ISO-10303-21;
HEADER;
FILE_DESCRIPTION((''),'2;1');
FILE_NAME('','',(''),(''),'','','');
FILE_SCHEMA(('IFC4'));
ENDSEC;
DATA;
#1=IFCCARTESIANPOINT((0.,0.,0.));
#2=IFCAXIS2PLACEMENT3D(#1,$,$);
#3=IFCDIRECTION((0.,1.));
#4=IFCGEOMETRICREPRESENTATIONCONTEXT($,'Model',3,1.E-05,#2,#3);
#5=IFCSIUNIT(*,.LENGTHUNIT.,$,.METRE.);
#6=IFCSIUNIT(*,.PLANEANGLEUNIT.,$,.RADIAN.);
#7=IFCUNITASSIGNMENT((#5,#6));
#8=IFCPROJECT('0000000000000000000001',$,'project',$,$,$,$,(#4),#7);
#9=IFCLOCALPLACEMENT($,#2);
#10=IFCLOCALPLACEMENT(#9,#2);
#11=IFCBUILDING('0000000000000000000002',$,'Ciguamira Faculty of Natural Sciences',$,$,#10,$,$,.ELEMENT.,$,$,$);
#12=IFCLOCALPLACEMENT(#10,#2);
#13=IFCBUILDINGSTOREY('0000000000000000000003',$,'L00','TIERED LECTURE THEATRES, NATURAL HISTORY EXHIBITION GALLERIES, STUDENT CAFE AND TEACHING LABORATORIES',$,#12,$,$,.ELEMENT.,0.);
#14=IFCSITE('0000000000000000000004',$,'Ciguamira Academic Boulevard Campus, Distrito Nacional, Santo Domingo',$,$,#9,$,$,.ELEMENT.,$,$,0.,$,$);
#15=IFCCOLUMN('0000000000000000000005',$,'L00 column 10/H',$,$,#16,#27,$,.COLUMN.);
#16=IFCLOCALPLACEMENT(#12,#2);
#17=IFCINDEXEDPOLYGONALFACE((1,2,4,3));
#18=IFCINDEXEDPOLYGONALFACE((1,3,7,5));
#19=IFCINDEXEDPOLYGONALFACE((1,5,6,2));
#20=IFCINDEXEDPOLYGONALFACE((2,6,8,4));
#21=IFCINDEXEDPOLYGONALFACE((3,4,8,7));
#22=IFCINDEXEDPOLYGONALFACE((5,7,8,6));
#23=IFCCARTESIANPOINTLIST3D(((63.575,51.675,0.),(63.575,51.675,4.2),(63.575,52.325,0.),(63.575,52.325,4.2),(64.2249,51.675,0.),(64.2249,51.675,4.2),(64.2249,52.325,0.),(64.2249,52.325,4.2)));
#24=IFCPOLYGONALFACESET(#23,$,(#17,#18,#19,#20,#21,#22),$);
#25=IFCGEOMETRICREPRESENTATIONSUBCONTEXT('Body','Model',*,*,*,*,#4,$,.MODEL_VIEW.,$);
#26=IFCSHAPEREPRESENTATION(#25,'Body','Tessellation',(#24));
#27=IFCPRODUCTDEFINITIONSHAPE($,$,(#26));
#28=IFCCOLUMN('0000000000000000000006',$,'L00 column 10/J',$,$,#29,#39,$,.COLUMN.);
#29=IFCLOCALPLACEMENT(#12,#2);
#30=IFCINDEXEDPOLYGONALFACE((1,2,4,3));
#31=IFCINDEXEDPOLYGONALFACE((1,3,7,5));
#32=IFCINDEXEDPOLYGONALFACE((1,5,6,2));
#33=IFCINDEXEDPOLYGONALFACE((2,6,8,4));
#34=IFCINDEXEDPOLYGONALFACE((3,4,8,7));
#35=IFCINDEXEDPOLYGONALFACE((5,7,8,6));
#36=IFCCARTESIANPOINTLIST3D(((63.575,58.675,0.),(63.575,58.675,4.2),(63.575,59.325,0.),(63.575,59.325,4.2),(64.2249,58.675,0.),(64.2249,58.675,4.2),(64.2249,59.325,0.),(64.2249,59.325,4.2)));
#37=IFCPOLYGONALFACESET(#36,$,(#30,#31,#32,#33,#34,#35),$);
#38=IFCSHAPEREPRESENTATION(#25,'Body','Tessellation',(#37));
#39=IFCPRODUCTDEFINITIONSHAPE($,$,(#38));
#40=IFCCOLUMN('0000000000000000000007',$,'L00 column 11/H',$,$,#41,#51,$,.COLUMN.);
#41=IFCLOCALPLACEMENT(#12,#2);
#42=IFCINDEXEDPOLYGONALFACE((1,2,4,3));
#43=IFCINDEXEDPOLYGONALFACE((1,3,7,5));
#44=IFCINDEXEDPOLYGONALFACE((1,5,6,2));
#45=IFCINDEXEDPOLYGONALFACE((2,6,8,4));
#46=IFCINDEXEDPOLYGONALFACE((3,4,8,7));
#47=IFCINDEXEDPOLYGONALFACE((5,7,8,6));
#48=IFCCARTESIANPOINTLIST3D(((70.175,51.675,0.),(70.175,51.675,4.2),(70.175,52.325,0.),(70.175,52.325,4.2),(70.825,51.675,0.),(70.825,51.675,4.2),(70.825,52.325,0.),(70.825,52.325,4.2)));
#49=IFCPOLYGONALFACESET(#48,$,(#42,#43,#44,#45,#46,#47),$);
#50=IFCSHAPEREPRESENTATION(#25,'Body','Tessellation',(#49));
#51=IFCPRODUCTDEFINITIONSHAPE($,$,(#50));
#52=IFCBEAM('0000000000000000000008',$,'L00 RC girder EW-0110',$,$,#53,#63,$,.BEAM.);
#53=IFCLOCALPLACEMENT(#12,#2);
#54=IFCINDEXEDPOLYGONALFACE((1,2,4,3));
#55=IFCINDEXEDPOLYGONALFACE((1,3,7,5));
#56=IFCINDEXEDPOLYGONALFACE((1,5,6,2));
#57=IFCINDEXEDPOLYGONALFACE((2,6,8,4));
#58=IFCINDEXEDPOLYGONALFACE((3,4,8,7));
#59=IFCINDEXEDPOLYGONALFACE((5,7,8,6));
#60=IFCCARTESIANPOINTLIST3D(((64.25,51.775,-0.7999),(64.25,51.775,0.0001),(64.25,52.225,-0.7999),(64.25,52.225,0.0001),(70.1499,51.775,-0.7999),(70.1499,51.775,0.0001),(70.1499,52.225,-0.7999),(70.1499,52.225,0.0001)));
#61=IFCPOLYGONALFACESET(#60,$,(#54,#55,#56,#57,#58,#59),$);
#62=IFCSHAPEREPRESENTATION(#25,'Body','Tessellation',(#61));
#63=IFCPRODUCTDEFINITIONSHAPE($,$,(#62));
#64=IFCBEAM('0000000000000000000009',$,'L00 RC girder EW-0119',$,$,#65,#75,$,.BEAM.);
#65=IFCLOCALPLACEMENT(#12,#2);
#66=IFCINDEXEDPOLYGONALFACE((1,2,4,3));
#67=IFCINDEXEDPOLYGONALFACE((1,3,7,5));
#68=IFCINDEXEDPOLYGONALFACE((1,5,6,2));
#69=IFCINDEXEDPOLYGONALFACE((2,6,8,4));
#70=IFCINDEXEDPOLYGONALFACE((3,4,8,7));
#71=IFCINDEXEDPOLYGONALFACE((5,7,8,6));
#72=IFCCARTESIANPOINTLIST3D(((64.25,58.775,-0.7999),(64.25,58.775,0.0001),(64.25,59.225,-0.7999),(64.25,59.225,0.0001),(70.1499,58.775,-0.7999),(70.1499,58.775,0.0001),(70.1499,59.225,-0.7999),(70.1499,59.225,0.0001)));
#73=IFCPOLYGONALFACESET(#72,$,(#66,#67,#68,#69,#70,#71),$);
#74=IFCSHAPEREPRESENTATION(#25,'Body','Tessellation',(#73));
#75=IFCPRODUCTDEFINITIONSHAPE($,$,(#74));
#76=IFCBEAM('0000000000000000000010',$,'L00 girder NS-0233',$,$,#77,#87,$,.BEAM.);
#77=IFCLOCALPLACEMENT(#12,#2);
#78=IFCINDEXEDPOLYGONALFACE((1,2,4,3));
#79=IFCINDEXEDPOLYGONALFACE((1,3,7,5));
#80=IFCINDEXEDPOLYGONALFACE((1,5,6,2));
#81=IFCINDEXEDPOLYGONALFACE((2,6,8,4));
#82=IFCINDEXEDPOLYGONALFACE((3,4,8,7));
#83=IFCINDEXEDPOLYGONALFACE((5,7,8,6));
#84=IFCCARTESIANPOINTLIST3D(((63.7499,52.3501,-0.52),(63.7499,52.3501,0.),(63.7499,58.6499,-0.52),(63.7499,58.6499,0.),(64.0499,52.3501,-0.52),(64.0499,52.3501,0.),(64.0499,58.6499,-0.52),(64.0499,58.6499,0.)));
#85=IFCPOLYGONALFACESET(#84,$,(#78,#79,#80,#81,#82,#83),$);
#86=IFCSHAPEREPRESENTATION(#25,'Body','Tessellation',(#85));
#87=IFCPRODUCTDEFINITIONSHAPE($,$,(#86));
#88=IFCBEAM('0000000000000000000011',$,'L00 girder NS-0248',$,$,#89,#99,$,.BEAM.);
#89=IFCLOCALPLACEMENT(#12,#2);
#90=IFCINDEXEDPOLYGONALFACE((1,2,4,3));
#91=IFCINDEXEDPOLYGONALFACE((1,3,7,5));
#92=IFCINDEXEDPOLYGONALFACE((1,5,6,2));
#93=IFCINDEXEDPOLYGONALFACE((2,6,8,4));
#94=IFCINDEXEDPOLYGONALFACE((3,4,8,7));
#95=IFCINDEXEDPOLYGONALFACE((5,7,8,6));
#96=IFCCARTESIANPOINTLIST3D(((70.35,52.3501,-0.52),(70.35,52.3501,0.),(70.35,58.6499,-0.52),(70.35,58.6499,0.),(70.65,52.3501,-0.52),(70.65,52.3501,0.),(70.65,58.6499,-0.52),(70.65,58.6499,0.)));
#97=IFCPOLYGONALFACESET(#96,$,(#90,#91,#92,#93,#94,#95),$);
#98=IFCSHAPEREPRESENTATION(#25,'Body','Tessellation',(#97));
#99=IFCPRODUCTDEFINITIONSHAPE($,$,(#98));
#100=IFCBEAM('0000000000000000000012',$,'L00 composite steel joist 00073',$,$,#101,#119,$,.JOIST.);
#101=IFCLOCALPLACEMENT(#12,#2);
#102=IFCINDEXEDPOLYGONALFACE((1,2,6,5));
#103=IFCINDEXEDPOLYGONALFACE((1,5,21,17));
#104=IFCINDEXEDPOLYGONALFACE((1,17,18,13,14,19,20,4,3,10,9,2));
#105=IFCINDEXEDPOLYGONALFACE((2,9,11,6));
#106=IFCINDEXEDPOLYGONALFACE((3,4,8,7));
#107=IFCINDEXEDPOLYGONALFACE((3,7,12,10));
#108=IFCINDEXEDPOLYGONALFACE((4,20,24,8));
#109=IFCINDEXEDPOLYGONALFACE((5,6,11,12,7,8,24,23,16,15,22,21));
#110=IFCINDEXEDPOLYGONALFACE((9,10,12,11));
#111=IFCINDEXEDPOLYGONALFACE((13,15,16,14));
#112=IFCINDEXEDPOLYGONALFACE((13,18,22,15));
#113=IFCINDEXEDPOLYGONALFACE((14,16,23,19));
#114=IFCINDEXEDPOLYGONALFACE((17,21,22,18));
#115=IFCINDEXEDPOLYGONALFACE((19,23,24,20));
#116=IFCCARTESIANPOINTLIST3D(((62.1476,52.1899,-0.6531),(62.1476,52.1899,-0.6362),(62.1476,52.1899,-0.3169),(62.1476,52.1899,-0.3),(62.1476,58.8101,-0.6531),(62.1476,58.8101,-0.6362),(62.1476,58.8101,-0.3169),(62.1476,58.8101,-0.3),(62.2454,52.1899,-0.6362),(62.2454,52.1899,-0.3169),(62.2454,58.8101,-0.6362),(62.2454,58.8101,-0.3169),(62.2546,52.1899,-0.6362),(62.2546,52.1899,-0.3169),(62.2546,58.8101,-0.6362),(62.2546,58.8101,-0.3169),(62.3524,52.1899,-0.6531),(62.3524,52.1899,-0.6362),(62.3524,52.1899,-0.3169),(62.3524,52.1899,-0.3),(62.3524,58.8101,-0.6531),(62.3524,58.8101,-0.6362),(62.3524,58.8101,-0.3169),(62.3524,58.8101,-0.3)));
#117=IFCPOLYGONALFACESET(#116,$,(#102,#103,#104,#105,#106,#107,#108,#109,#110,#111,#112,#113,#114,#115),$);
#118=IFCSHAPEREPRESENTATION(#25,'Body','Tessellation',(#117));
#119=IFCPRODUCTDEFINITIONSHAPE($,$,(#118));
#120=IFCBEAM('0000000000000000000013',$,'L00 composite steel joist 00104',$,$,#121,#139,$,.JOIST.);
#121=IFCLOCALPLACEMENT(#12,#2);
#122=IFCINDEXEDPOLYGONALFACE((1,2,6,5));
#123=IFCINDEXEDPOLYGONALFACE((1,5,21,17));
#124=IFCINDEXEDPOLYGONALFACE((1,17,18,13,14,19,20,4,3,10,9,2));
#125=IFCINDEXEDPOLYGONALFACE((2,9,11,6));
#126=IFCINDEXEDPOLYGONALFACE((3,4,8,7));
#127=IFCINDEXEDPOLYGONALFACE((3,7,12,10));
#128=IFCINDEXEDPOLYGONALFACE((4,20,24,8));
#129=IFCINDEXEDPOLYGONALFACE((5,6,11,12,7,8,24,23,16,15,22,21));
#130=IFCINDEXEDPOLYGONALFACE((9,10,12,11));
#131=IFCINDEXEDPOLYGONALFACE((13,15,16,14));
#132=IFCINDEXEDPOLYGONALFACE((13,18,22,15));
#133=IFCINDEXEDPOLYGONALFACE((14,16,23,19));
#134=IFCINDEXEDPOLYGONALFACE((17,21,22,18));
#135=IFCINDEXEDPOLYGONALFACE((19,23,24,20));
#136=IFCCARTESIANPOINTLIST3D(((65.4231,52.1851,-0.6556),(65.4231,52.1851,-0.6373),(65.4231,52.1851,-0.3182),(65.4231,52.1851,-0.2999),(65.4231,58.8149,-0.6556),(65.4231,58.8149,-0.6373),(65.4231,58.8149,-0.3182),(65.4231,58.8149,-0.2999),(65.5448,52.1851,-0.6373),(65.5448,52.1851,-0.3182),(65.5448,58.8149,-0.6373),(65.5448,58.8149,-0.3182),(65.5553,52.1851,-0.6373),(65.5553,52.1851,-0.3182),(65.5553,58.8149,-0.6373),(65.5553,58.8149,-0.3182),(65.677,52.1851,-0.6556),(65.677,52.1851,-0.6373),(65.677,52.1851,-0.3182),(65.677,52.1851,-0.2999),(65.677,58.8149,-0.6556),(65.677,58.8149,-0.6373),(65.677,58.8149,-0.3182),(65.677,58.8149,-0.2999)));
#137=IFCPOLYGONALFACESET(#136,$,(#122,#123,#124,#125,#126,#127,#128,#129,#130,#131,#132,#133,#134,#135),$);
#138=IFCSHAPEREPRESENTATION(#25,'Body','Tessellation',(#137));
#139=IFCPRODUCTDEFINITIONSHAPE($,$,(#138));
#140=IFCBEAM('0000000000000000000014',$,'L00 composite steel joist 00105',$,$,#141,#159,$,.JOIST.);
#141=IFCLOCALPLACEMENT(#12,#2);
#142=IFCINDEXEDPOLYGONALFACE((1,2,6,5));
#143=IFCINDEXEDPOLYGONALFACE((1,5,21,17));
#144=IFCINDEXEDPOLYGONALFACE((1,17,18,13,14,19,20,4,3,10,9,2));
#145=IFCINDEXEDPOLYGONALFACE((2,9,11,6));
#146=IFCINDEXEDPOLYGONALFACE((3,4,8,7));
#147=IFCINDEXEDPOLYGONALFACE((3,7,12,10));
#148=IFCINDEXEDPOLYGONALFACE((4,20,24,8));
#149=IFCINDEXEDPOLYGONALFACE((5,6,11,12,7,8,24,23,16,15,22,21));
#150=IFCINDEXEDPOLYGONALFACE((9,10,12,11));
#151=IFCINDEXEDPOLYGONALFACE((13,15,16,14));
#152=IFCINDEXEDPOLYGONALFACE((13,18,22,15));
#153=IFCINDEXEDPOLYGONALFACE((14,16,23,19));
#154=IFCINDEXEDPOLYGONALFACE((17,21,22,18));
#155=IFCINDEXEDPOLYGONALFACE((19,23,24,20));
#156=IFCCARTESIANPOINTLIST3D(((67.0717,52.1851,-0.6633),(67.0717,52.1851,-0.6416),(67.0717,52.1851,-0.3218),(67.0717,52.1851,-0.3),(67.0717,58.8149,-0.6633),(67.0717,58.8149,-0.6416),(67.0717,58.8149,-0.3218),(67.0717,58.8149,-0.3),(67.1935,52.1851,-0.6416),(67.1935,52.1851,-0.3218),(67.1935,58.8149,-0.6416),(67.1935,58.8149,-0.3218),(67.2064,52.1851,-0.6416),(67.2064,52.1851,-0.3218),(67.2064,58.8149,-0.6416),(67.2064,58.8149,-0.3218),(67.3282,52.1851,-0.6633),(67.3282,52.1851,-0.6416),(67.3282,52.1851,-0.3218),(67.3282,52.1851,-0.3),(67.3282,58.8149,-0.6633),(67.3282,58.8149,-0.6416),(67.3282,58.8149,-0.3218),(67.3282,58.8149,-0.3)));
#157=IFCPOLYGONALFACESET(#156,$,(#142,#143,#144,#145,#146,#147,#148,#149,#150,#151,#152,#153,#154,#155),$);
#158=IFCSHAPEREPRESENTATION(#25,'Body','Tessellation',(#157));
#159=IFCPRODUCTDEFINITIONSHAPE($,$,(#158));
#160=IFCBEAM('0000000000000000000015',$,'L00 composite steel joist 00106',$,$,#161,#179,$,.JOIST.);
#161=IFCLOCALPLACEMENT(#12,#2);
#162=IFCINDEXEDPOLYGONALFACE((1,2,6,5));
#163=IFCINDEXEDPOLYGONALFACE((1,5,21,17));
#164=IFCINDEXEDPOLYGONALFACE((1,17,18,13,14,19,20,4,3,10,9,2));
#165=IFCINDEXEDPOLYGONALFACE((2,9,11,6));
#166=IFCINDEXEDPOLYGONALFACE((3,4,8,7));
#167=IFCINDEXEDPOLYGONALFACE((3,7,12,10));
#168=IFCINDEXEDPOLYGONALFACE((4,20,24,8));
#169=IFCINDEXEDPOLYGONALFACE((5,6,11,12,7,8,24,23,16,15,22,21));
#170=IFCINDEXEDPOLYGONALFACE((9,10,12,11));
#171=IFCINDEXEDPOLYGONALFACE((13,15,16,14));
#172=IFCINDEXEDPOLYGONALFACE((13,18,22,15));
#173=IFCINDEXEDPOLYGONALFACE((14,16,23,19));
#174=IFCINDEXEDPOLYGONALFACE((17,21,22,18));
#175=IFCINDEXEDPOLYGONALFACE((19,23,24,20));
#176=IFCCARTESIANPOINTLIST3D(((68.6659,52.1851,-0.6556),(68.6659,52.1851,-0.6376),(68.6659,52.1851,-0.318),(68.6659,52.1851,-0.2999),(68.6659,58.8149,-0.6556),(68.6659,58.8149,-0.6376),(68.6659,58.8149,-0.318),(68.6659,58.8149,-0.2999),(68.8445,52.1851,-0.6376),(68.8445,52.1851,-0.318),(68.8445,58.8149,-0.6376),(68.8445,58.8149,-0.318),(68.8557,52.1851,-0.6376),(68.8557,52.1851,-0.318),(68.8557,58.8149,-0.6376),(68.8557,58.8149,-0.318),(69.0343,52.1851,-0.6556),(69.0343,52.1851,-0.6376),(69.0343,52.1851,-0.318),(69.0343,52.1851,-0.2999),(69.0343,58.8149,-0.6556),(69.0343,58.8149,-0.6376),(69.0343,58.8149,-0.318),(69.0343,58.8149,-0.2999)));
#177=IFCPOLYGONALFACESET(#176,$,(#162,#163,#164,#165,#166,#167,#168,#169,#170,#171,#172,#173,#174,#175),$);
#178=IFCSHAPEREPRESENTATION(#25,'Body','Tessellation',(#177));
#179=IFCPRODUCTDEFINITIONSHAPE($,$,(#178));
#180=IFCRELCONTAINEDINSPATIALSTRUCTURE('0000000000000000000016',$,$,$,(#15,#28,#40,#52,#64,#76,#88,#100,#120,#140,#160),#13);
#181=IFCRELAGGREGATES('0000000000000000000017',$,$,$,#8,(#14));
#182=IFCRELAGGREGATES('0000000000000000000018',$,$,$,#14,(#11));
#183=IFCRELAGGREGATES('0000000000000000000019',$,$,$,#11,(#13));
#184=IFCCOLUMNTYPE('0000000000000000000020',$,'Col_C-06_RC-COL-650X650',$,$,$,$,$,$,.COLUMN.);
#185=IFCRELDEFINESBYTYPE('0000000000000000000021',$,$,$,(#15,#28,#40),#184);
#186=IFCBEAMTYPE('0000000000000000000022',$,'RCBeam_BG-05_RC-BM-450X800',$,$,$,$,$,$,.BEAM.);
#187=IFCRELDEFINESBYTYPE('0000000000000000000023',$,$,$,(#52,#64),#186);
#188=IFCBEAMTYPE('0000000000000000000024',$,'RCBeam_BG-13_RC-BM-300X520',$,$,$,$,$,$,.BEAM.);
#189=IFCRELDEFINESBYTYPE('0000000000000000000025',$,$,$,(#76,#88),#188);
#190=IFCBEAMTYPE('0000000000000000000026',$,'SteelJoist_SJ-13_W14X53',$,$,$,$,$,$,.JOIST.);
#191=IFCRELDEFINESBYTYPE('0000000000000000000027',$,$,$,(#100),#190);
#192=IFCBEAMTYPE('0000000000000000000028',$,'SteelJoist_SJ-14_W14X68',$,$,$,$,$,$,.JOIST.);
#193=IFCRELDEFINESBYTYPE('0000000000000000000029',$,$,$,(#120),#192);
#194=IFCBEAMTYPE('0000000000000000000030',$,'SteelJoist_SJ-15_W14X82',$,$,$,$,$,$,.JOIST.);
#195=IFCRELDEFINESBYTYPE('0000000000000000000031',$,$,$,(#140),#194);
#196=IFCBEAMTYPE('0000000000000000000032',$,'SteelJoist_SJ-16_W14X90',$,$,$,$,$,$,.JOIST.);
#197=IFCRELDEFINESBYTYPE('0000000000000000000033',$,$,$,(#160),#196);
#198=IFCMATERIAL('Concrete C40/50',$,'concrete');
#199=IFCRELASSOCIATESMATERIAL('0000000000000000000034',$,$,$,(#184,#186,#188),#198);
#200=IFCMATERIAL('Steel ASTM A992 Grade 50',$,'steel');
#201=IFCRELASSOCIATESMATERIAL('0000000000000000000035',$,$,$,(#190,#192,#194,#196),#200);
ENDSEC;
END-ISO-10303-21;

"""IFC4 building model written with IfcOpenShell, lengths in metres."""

from ifc_helpers import new_model, si_unit, direction, frame, origin, origin_2d, place, context, subcontext, project, spatial, rectangle, i_section, extrude, material, material_profile, profile_set, type_object, element, save


model = new_model("IFC4")

# Units and contexts
model_context = context("Model", 3, precision=1e-05, world=origin(), true_north=direction((0.0, 1.0)))
body_context = subcontext(model_context, "Body", "Model", "MODEL_VIEW")
ifc_project = project(units=[si_unit("LENGTHUNIT", "METRE"), si_unit("PLANEANGLEUNIT", "RADIAN")], contexts=[model_context])

# Site, building, storey
site_placement = place(None, origin())
site = spatial("IfcSite", under=ifc_project, at=site_placement, Name="Ciguamira Academic Boulevard Campus, Distrito Nacional, Santo Domingo", CompositionType="ELEMENT", RefElevation=0.0)
building_placement = place(site_placement, origin())
building = spatial("IfcBuilding", under=site, at=building_placement, Name="Ciguamira Faculty of Natural Sciences", CompositionType="ELEMENT")
storey_placement = place(building_placement, origin())
storey = spatial("IfcBuildingStorey", under=building, at=storey_placement, Name="L00", Description="TIERED LECTURE THEATRES, NATURAL HISTORY EXHIBITION GALLERIES, STUDENT CAFE AND TEACHING LABORATORIES", CompositionType="ELEMENT", Elevation=0.0)

# Columns
ifc_material_1 = material(Name="Concrete C40/50", Category="concrete")
ifc_material_profile_1 = material_profile(ifc_material_1, rectangle(XDim=0.6499, YDim=0.6499, at=origin_2d()), Name="RC-COL-650X650")
ifc_profile_set_1 = profile_set([ifc_material_profile_1], Name="Concrete C40/50")
column_type = type_object("IfcColumnType", Name="Col_C-06_RC-COL-650X650", PredefinedType="COLUMN", material=ifc_profile_set_1)
for number, where, z_axis, x_axis, name in (
    (1, (63.8999, 52.0, 0.0), (0.0, 0.0, 1.0), (1.0, 0.0, 0.0), "L00 column 10/H"),
    (2, (63.8999, 59.0, 0.0), (0.0, 0.0, 1.0), (1.0, 0.0, 0.0), "L00 column 10/J"),
    (3, (70.5, 52.0, 0.0), (0.0, 0.0, 1.0), (1.0, 0.0, 0.0), "L00 column 11/H"),
):
    element("IfcColumn", number, at=place(storey_placement, frame(where, z_axis=z_axis, x_axis=x_axis)), inside=storey, type_object=column_type, Name=name, PredefinedType="COLUMN", context=body_context, shape_type="SweptSolid", body=[
        extrude(rectangle(XDim=0.6499, YDim=0.6499, at=origin_2d()), origin(), (0.0, 0.0, 1.0), 4.2),
    ])

# Beams
ifc_material_profile_2 = material_profile(ifc_material_1, rectangle(XDim=0.45, YDim=0.8, at=origin_2d()), Name="RC-BM-450X800")
ifc_profile_set_2 = profile_set([ifc_material_profile_2], Name="Concrete C40/50")
beam_type_1 = type_object("IfcBeamType", Name="RCBeam_BG-05_RC-BM-450X800", PredefinedType="BEAM", material=ifc_profile_set_2)
for number, where, z_axis, x_axis, name in (
    (4, (64.25, 52.0, -0.3999), (1.0, 0.0, 0.0), (0.0, 1.0, 0.0), "L00 RC girder EW-0110"),
    (5, (64.25, 59.0, -0.3999), (1.0, 0.0, 0.0), (0.0, 1.0, 0.0), "L00 RC girder EW-0119"),
):
    element("IfcBeam", number, at=place(storey_placement, frame(where, z_axis=z_axis, x_axis=x_axis)), inside=storey, type_object=beam_type_1, Name=name, PredefinedType="BEAM", context=body_context, shape_type="SweptSolid", body=[
        extrude(rectangle(XDim=0.45, YDim=0.8, at=origin_2d()), origin(), (0.0, 0.0, 1.0), 5.8999),
    ])
ifc_material_profile_3 = material_profile(ifc_material_1, rectangle(XDim=0.3, YDim=0.52, at=origin_2d()), Name="RC-BM-300X520")
ifc_profile_set_3 = profile_set([ifc_material_profile_3], Name="Concrete C40/50")
beam_type_2 = type_object("IfcBeamType", Name="RCBeam_BG-13_RC-BM-300X520", PredefinedType="BEAM", material=ifc_profile_set_3)
for number, where, z_axis, x_axis, name in (
    (6, (63.8999, 52.3501, -0.26), (0.0, 1.0, 0.0), (-1.0, 0.0, 0.0), "L00 girder NS-0233"),
    (7, (70.5, 52.3501, -0.26), (0.0, 1.0, 0.0), (-1.0, 0.0, 0.0), "L00 girder NS-0248"),
):
    element("IfcBeam", number, at=place(storey_placement, frame(where, z_axis=z_axis, x_axis=x_axis)), inside=storey, type_object=beam_type_2, Name=name, PredefinedType="BEAM", context=body_context, shape_type="SweptSolid", body=[
        extrude(rectangle(XDim=0.3, YDim=0.52, at=origin_2d()), origin(), (0.0, 0.0, 1.0), 6.2998),
    ])
ifc_material_2 = material(Name="Steel ASTM A992 Grade 50", Category="steel")
ifc_material_profile_4 = material_profile(ifc_material_2, i_section(OverallWidth=0.2048, OverallDepth=0.353, WebThickness=0.0093, FlangeThickness=0.0168, at=origin_2d()), Name="W14X53")
ifc_profile_set_4 = profile_set([ifc_material_profile_4], Name="Steel ASTM A992 Grade 50")
beam_type_3 = type_object("IfcBeamType", Name="SteelJoist_SJ-13_W14X53", PredefinedType="JOIST", material=ifc_profile_set_4)
beam_1_placement = place(storey_placement, frame((62.25, 52.1899, -0.4766), z_axis=(0.0, 1.0, 0.0), x_axis=(-1.0, 0.0, 0.0)))
element("IfcBeam", 8, at=beam_1_placement, inside=storey, type_object=beam_type_3, Name="L00 composite steel joist 00073", PredefinedType="JOIST", context=body_context, shape_type="SweptSolid", body=[
    extrude(i_section(OverallWidth=0.2048, OverallDepth=0.353, WebThickness=0.0093, FlangeThickness=0.0168, at=origin_2d()), origin(), (0.0, 0.0, 1.0), 6.6201),
])
ifc_material_profile_5 = material_profile(ifc_material_2, i_section(OverallWidth=0.2539, OverallDepth=0.3557, WebThickness=0.0105, FlangeThickness=0.0183, at=origin_2d()), Name="W14X68")
ifc_profile_set_5 = profile_set([ifc_material_profile_5], Name="Steel ASTM A992 Grade 50")
beam_type_4 = type_object("IfcBeamType", Name="SteelJoist_SJ-14_W14X68", PredefinedType="JOIST", material=ifc_profile_set_5)
beam_2_placement = place(storey_placement, frame((65.55, 52.1851, -0.4778), z_axis=(0.0, 1.0, 0.0), x_axis=(-1.0, 0.0, 0.0)))
element("IfcBeam", 9, at=beam_2_placement, inside=storey, type_object=beam_type_4, Name="L00 composite steel joist 00104", PredefinedType="JOIST", context=body_context, shape_type="SweptSolid", body=[
    extrude(i_section(OverallWidth=0.2539, OverallDepth=0.3557, WebThickness=0.0105, FlangeThickness=0.0183, at=origin_2d()), origin(), (0.0, 0.0, 1.0), 6.6299),
])
ifc_material_profile_6 = material_profile(ifc_material_2, i_section(OverallWidth=0.2566, OverallDepth=0.3633, WebThickness=0.0129, FlangeThickness=0.0217, at=origin_2d()), Name="W14X82")
ifc_profile_set_6 = profile_set([ifc_material_profile_6], Name="Steel ASTM A992 Grade 50")
beam_type_5 = type_object("IfcBeamType", Name="SteelJoist_SJ-15_W14X82", PredefinedType="JOIST", material=ifc_profile_set_6)
beam_3_placement = place(storey_placement, frame((67.2, 52.1851, -0.4817), z_axis=(0.0, 1.0, 0.0), x_axis=(-1.0, 0.0, 0.0)))
element("IfcBeam", 10, at=beam_3_placement, inside=storey, type_object=beam_type_5, Name="L00 composite steel joist 00105", PredefinedType="JOIST", context=body_context, shape_type="SweptSolid", body=[
    extrude(i_section(OverallWidth=0.2566, OverallDepth=0.3633, WebThickness=0.0129, FlangeThickness=0.0217, at=origin_2d()), origin(), (0.0, 0.0, 1.0), 6.6299),
])
ifc_material_profile_7 = material_profile(ifc_material_2, i_section(OverallWidth=0.3684, OverallDepth=0.3557, WebThickness=0.0112, FlangeThickness=0.0181, at=origin_2d()), Name="W14X90")
ifc_profile_set_7 = profile_set([ifc_material_profile_7], Name="Steel ASTM A992 Grade 50")
beam_type_6 = type_object("IfcBeamType", Name="SteelJoist_SJ-16_W14X90", PredefinedType="JOIST", material=ifc_profile_set_7)
beam_4_placement = place(storey_placement, frame((68.8501, 52.1851, -0.4778), z_axis=(0.0, 1.0, 0.0), x_axis=(-1.0, 0.0, 0.0)))
element("IfcBeam", 11, at=beam_4_placement, inside=storey, type_object=beam_type_6, Name="L00 composite steel joist 00106", PredefinedType="JOIST", context=body_context, shape_type="SweptSolid", body=[
    extrude(i_section(OverallWidth=0.3684, OverallDepth=0.3557, WebThickness=0.0112, FlangeThickness=0.0181, at=origin_2d()), origin(), (0.0, 0.0, 1.0), 6.6299),
])

save(model, "model.ifc")
